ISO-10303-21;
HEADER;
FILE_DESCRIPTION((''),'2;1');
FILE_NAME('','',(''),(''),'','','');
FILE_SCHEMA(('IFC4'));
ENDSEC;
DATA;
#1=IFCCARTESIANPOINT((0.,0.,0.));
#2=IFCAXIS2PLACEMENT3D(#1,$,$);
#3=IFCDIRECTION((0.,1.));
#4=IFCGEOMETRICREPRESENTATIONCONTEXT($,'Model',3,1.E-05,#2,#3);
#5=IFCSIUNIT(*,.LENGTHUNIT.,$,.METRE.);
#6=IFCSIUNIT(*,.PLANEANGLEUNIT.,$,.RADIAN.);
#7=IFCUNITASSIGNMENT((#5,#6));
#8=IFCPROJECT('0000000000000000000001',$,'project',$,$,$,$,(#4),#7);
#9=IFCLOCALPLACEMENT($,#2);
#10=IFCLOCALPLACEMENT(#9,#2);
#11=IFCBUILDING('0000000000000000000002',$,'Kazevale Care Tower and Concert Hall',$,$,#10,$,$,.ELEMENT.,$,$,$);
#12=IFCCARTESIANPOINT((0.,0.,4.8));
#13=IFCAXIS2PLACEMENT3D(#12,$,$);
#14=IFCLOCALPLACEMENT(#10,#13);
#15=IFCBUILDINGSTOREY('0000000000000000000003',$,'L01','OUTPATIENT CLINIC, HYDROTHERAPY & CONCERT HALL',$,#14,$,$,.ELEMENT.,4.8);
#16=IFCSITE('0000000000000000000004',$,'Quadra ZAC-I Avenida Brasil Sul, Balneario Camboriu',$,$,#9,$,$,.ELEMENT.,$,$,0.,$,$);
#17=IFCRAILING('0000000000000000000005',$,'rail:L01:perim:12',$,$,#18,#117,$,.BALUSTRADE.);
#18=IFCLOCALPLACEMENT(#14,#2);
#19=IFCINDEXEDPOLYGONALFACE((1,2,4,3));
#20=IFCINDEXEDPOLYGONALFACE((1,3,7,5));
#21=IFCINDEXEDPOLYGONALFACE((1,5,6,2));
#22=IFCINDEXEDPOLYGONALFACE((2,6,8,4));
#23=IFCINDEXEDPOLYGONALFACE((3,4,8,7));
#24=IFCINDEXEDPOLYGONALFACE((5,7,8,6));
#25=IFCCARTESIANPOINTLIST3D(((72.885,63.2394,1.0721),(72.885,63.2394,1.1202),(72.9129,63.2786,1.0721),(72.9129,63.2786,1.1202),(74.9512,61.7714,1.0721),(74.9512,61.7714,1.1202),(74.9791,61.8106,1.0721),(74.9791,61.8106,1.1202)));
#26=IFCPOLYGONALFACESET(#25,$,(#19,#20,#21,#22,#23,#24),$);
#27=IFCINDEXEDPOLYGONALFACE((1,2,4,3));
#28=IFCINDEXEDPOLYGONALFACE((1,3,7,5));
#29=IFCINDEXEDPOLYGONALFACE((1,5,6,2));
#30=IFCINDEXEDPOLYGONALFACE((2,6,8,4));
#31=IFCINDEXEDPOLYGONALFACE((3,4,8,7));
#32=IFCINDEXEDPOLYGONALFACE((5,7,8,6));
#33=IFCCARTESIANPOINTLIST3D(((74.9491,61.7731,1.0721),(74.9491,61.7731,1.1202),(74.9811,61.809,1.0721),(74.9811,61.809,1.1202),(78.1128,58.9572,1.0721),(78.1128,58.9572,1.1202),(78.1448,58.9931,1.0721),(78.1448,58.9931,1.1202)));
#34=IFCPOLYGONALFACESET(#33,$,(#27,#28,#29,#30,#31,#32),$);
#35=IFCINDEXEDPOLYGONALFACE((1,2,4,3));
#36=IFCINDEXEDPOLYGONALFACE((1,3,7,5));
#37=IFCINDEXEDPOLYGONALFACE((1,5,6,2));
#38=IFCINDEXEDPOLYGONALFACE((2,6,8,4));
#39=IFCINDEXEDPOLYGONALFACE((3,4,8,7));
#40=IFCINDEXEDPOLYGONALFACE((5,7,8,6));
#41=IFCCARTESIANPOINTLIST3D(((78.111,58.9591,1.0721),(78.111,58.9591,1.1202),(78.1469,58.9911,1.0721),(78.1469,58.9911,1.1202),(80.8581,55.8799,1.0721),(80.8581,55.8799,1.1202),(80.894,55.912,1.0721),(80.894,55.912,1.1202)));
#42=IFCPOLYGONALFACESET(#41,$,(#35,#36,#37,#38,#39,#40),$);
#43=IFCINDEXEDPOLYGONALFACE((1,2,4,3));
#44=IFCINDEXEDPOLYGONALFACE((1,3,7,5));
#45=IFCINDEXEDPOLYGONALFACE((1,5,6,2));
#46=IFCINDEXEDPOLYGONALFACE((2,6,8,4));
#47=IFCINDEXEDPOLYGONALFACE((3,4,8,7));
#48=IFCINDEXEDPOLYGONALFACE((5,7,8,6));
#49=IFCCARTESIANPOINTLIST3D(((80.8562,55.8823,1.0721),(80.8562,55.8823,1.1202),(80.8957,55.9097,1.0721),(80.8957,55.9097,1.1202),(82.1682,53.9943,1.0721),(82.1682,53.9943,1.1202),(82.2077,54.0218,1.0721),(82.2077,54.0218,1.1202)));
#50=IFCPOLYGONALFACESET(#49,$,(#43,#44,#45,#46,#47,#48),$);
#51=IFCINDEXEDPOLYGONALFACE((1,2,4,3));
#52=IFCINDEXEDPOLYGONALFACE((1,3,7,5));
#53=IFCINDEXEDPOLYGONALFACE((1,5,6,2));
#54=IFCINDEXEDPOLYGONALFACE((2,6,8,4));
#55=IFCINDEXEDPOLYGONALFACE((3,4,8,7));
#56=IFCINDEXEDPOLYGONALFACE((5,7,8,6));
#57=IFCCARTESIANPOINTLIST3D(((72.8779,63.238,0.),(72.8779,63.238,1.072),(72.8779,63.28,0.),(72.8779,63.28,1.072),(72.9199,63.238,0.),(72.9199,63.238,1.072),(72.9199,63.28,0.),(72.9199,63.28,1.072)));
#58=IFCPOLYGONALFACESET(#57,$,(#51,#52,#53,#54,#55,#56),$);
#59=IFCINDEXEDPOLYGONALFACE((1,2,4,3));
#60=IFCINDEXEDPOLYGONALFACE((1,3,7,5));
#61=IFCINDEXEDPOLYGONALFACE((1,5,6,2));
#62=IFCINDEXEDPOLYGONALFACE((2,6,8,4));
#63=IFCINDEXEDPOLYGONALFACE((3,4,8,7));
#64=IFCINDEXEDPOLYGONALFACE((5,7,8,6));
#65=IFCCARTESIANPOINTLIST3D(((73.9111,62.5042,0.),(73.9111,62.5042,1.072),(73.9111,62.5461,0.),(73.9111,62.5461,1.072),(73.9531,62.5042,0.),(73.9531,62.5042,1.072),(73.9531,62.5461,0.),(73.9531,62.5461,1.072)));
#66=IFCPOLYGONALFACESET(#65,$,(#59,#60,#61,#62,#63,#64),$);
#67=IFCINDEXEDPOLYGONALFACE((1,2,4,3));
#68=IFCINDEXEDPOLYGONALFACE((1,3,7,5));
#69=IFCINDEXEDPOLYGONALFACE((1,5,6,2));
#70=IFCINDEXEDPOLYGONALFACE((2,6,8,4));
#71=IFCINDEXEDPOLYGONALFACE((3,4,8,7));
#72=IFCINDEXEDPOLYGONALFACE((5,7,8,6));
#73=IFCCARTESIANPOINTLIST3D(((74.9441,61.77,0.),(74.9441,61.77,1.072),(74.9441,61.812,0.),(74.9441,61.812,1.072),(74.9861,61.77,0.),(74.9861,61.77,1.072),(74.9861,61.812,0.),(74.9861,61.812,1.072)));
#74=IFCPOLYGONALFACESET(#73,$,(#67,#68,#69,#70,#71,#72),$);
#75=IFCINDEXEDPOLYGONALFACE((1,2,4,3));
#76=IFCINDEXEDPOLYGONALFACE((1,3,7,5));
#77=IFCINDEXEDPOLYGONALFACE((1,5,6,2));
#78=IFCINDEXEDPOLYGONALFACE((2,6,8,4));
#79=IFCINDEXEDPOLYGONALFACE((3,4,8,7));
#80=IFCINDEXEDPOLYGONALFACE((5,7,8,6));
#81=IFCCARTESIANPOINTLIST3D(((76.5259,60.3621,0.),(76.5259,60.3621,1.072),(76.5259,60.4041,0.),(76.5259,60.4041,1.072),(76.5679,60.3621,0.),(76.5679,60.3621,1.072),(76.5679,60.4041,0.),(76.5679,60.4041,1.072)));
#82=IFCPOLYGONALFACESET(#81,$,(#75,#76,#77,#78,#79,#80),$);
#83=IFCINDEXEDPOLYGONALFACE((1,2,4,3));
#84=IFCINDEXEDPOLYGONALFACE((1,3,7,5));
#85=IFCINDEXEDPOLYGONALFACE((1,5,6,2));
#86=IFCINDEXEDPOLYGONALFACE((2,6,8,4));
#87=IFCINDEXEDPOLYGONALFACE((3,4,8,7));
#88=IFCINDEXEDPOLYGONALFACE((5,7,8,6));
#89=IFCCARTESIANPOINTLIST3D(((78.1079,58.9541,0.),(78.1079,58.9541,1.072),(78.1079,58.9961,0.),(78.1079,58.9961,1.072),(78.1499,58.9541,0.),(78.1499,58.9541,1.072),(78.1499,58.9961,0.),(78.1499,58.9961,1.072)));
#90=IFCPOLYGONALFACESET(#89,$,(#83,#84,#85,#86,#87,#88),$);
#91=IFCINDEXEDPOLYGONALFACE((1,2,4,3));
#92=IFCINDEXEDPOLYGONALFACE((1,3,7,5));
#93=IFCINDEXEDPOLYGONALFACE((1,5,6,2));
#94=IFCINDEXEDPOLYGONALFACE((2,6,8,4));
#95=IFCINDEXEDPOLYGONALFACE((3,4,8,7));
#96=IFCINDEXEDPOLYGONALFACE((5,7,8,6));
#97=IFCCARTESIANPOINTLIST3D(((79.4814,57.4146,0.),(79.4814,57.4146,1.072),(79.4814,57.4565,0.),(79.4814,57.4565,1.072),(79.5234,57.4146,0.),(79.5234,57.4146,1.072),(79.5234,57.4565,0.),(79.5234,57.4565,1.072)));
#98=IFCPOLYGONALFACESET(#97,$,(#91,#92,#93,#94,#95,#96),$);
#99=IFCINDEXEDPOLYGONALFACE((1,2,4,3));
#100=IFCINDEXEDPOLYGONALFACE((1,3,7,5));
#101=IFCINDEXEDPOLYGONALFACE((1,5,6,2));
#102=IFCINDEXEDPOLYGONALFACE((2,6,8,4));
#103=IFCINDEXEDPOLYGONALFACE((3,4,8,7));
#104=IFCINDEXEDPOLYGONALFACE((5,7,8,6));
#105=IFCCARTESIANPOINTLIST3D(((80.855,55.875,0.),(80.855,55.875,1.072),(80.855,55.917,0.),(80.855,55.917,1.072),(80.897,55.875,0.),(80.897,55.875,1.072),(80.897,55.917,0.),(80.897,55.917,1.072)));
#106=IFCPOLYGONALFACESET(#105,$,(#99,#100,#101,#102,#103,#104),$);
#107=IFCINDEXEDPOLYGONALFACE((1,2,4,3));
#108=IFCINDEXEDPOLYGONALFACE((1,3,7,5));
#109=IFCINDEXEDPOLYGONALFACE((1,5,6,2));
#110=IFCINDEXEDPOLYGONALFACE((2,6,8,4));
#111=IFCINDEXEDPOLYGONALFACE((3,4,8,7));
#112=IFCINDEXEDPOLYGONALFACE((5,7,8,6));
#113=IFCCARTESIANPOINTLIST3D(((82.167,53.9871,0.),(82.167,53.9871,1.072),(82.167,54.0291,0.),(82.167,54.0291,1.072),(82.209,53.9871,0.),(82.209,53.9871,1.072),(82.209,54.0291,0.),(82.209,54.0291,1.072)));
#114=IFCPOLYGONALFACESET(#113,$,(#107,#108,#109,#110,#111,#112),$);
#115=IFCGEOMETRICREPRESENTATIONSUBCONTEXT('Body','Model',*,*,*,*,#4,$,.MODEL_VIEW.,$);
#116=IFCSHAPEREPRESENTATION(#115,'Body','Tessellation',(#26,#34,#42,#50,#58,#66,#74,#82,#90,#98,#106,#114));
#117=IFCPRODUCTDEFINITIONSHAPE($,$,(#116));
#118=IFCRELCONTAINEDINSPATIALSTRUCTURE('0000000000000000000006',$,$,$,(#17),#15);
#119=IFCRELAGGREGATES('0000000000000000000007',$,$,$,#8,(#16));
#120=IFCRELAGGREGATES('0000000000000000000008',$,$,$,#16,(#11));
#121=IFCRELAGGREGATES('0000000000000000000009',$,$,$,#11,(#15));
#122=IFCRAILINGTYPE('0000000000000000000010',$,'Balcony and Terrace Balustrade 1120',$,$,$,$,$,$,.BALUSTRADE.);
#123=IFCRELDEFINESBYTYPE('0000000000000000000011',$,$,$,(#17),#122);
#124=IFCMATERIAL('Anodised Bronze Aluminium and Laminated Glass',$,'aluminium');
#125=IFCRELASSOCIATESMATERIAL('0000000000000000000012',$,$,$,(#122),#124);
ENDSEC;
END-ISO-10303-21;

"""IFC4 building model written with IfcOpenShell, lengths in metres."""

from ifc_helpers import new_model, si_unit, direction, frame, origin, origin_2d, place, context, subcontext, project, spatial, rectangle, extrude, material, type_object, element, save


model = new_model("IFC4")

# Units and contexts
model_context = context("Model", 3, precision=1e-05, world=origin(), true_north=direction((0.0, 1.0)))
body_context = subcontext(model_context, "Body", "Model", "MODEL_VIEW")
ifc_project = project(units=[si_unit("LENGTHUNIT", "METRE"), si_unit("PLANEANGLEUNIT", "RADIAN")], contexts=[model_context])

# Site, building, storey
site_placement = place(None, origin())
site = spatial("IfcSite", under=ifc_project, at=site_placement, Name="Quadra ZAC-I Avenida Brasil Sul, Balneario Camboriu", CompositionType="ELEMENT", RefElevation=0.0)
building_placement = place(site_placement, origin())
building = spatial("IfcBuilding", under=site, at=building_placement, Name="Kazevale Care Tower and Concert Hall", CompositionType="ELEMENT")
storey_placement = place(building_placement, frame((0.0, 0.0, 4.8)))
storey = spatial("IfcBuildingStorey", under=building, at=storey_placement, Name="L01", Description="OUTPATIENT CLINIC, HYDROTHERAPY & CONCERT HALL", CompositionType="ELEMENT", Elevation=4.8)

# Railing
ifc_material_1 = material(Name="Anodised Bronze Aluminium and Laminated Glass", Category="aluminium")
railing_type = type_object("IfcRailingType", Name="Balcony and Terrace Balustrade 1120", PredefinedType="BALUSTRADE", material=ifc_material_1)
railing_placement = place(storey_placement, frame((72.8989, 63.259, 0.0)))
element("IfcRailing", 1, at=railing_placement, inside=storey, type_object=railing_type, Name="rail:L01:perim:12", PredefinedType="BALUSTRADE", context=body_context, shape_type="SweptSolid", body=[
    extrude(rectangle(XDim=0.0481, YDim=0.0481, at=origin_2d()), frame((0.0, 0.0, 1.0962), z_axis=(0.815189, -0.579195, 0.0), x_axis=(0.579195, 0.815189, 0.0)), (0.0, 0.0, 1.0), 2.5347),
    extrude(rectangle(XDim=0.0481, YDim=0.0481, at=origin_2d()), frame((2.0662, -1.468, 1.0962), z_axis=(0.746983, -0.664843, 0.0), x_axis=(0.664843, 0.746983, 0.0)), (0.0, 0.0, 1.0), 4.2354),
    extrude(rectangle(XDim=0.0481, YDim=0.0481, at=origin_2d()), frame((5.23, -4.2839, 1.0962), z_axis=(0.665729, -0.746194, 0.0), x_axis=(0.746194, 0.665729, 0.0)), (0.0, 0.0, 1.0), 4.1265),
    extrude(rectangle(XDim=0.0481, YDim=0.0481, at=origin_2d()), frame((7.9771, -7.363, 1.0962), z_axis=(0.570672, -0.821178, 0.0), x_axis=(0.821178, 0.570672, 0.0)), (0.0, 0.0, 1.0), 2.2991),
    extrude(rectangle(XDim=0.042, YDim=0.042, at=origin_2d()), origin(), (0.0, 0.0, 1.0), 1.072),
    extrude(rectangle(XDim=0.042, YDim=0.042, at=origin_2d()), frame((1.0332, -0.7339, 0.0)), (0.0, 0.0, 1.0), 1.072),
    extrude(rectangle(XDim=0.042, YDim=0.042, at=origin_2d()), frame((2.0662, -1.468, 0.0)), (0.0, 0.0, 1.0), 1.072),
    extrude(rectangle(XDim=0.042, YDim=0.042, at=origin_2d()), frame((3.6479, -2.876, 0.0)), (0.0, 0.0, 1.0), 1.072),
    extrude(rectangle(XDim=0.042, YDim=0.042, at=origin_2d()), frame((5.23, -4.2839, 0.0)), (0.0, 0.0, 1.0), 1.072),
    extrude(rectangle(XDim=0.042, YDim=0.042, at=origin_2d()), frame((6.6035, -5.8235, 0.0)), (0.0, 0.0, 1.0), 1.072),
    extrude(rectangle(XDim=0.042, YDim=0.042, at=origin_2d()), frame((7.9771, -7.363, 0.0)), (0.0, 0.0, 1.0), 1.072),
    extrude(rectangle(XDim=0.042, YDim=0.042, at=origin_2d()), frame((9.2891, -9.251, 0.0)), (0.0, 0.0, 1.0), 1.072),
])

save(model, "model.ifc")
